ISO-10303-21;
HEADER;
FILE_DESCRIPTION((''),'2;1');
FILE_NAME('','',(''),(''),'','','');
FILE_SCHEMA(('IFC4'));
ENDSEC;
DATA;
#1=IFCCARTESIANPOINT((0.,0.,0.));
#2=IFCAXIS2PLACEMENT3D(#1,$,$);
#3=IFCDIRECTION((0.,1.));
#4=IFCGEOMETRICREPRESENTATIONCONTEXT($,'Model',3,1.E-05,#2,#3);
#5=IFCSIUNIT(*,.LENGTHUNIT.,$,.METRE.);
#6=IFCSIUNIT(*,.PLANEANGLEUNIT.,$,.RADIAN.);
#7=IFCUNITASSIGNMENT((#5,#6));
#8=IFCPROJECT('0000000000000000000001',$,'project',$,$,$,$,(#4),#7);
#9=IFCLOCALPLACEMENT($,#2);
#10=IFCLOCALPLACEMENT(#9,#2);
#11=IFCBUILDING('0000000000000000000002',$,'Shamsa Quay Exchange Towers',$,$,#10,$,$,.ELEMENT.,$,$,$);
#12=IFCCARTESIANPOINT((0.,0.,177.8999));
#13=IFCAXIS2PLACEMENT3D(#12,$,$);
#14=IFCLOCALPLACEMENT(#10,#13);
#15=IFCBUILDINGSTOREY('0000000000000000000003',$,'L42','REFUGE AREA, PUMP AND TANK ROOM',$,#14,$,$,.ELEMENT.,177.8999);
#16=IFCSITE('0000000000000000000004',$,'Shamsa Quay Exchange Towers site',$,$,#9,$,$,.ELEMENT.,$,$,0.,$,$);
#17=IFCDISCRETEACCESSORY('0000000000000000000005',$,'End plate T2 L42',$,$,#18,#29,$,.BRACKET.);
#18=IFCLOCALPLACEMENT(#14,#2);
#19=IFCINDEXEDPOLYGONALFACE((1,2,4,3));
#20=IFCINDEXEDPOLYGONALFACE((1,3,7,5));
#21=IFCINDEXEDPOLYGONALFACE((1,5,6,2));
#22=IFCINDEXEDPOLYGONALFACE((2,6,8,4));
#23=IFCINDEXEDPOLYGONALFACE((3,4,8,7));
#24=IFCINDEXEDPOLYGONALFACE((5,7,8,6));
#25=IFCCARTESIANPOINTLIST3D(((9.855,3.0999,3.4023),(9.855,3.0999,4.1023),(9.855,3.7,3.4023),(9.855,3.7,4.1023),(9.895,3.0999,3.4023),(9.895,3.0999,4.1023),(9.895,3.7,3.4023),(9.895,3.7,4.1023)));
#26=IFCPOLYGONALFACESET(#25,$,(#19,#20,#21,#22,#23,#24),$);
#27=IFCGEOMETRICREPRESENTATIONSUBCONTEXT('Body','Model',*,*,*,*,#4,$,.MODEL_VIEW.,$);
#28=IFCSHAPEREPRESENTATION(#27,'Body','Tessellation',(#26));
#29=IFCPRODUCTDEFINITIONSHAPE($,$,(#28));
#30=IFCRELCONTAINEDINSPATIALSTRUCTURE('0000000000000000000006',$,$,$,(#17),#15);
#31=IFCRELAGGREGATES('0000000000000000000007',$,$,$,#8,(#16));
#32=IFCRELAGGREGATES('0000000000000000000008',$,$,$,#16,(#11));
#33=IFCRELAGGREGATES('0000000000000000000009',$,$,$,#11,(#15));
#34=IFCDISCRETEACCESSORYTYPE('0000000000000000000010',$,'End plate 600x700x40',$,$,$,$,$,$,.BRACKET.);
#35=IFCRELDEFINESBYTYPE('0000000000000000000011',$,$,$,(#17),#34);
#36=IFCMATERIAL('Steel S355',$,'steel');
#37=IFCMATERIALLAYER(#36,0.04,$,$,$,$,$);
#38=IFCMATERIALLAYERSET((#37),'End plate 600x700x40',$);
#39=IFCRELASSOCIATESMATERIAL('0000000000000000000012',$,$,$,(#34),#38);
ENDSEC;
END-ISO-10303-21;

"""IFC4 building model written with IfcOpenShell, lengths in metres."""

from ifc_helpers import new_model, si_unit, direction, frame, origin, origin_2d, place, context, subcontext, project, spatial, rectangle, extrude, material, layer, layer_set, type_object, element, save


model = new_model("IFC4")

# Units and contexts
model_context = context("Model", 3, precision=1e-05, world=origin(), true_north=direction((0.0, 1.0)))
body_context = subcontext(model_context, "Body", "Model", "MODEL_VIEW")
ifc_project = project(units=[si_unit("LENGTHUNIT", "METRE"), si_unit("PLANEANGLEUNIT", "RADIAN")], contexts=[model_context])

# Site, building, storey
site_placement = place(None, origin())
site = spatial("IfcSite", under=ifc_project, at=site_placement, Name="Shamsa Quay Exchange Towers site", CompositionType="ELEMENT", RefElevation=0.0)
building_placement = place(site_placement, origin())
building = spatial("IfcBuilding", under=site, at=building_placement, Name="Shamsa Quay Exchange Towers", CompositionType="ELEMENT")
storey_placement = place(building_placement, frame((0.0, 0.0, 177.8999)))
storey = spatial("IfcBuildingStorey", under=building, at=storey_placement, Name="L42", Description="REFUGE AREA, PUMP AND TANK ROOM", CompositionType="ELEMENT", Elevation=177.8999)

# Shared definitions
ifc_material_1 = material(Name="Steel S355", Category="steel")

# Discrete accessory
ifc_layer_1 = layer(ifc_material_1, 0.04)
ifc_layer_set_1 = layer_set([ifc_layer_1], Name="End plate 600x700x40")
discrete_accessory_type_1 = type_object("IfcDiscreteAccessoryType", Name="End plate 600x700x40", PredefinedType="BRACKET", material=ifc_layer_set_1)
for number, where, z_axis, x_axis, name in (
    (1, (9.875, 3.3999, 3.4023), (0.0, 0.0, 1.0), (0.0, -1.0, 0.0), "End plate T2 L42"),
):
    element("IfcDiscreteAccessory", number, at=place(storey_placement, frame(where, z_axis=z_axis, x_axis=x_axis)), inside=storey, type_object=discrete_accessory_type_1, Name=name, PredefinedType="BRACKET", context=body_context, shape_type="SweptSolid", body=[
        extrude(rectangle(XDim=0.6001, YDim=0.04, at=origin_2d()), origin(), (0.0, 0.0, 1.0), 0.7),
    ])

save(model, "model.ifc")
